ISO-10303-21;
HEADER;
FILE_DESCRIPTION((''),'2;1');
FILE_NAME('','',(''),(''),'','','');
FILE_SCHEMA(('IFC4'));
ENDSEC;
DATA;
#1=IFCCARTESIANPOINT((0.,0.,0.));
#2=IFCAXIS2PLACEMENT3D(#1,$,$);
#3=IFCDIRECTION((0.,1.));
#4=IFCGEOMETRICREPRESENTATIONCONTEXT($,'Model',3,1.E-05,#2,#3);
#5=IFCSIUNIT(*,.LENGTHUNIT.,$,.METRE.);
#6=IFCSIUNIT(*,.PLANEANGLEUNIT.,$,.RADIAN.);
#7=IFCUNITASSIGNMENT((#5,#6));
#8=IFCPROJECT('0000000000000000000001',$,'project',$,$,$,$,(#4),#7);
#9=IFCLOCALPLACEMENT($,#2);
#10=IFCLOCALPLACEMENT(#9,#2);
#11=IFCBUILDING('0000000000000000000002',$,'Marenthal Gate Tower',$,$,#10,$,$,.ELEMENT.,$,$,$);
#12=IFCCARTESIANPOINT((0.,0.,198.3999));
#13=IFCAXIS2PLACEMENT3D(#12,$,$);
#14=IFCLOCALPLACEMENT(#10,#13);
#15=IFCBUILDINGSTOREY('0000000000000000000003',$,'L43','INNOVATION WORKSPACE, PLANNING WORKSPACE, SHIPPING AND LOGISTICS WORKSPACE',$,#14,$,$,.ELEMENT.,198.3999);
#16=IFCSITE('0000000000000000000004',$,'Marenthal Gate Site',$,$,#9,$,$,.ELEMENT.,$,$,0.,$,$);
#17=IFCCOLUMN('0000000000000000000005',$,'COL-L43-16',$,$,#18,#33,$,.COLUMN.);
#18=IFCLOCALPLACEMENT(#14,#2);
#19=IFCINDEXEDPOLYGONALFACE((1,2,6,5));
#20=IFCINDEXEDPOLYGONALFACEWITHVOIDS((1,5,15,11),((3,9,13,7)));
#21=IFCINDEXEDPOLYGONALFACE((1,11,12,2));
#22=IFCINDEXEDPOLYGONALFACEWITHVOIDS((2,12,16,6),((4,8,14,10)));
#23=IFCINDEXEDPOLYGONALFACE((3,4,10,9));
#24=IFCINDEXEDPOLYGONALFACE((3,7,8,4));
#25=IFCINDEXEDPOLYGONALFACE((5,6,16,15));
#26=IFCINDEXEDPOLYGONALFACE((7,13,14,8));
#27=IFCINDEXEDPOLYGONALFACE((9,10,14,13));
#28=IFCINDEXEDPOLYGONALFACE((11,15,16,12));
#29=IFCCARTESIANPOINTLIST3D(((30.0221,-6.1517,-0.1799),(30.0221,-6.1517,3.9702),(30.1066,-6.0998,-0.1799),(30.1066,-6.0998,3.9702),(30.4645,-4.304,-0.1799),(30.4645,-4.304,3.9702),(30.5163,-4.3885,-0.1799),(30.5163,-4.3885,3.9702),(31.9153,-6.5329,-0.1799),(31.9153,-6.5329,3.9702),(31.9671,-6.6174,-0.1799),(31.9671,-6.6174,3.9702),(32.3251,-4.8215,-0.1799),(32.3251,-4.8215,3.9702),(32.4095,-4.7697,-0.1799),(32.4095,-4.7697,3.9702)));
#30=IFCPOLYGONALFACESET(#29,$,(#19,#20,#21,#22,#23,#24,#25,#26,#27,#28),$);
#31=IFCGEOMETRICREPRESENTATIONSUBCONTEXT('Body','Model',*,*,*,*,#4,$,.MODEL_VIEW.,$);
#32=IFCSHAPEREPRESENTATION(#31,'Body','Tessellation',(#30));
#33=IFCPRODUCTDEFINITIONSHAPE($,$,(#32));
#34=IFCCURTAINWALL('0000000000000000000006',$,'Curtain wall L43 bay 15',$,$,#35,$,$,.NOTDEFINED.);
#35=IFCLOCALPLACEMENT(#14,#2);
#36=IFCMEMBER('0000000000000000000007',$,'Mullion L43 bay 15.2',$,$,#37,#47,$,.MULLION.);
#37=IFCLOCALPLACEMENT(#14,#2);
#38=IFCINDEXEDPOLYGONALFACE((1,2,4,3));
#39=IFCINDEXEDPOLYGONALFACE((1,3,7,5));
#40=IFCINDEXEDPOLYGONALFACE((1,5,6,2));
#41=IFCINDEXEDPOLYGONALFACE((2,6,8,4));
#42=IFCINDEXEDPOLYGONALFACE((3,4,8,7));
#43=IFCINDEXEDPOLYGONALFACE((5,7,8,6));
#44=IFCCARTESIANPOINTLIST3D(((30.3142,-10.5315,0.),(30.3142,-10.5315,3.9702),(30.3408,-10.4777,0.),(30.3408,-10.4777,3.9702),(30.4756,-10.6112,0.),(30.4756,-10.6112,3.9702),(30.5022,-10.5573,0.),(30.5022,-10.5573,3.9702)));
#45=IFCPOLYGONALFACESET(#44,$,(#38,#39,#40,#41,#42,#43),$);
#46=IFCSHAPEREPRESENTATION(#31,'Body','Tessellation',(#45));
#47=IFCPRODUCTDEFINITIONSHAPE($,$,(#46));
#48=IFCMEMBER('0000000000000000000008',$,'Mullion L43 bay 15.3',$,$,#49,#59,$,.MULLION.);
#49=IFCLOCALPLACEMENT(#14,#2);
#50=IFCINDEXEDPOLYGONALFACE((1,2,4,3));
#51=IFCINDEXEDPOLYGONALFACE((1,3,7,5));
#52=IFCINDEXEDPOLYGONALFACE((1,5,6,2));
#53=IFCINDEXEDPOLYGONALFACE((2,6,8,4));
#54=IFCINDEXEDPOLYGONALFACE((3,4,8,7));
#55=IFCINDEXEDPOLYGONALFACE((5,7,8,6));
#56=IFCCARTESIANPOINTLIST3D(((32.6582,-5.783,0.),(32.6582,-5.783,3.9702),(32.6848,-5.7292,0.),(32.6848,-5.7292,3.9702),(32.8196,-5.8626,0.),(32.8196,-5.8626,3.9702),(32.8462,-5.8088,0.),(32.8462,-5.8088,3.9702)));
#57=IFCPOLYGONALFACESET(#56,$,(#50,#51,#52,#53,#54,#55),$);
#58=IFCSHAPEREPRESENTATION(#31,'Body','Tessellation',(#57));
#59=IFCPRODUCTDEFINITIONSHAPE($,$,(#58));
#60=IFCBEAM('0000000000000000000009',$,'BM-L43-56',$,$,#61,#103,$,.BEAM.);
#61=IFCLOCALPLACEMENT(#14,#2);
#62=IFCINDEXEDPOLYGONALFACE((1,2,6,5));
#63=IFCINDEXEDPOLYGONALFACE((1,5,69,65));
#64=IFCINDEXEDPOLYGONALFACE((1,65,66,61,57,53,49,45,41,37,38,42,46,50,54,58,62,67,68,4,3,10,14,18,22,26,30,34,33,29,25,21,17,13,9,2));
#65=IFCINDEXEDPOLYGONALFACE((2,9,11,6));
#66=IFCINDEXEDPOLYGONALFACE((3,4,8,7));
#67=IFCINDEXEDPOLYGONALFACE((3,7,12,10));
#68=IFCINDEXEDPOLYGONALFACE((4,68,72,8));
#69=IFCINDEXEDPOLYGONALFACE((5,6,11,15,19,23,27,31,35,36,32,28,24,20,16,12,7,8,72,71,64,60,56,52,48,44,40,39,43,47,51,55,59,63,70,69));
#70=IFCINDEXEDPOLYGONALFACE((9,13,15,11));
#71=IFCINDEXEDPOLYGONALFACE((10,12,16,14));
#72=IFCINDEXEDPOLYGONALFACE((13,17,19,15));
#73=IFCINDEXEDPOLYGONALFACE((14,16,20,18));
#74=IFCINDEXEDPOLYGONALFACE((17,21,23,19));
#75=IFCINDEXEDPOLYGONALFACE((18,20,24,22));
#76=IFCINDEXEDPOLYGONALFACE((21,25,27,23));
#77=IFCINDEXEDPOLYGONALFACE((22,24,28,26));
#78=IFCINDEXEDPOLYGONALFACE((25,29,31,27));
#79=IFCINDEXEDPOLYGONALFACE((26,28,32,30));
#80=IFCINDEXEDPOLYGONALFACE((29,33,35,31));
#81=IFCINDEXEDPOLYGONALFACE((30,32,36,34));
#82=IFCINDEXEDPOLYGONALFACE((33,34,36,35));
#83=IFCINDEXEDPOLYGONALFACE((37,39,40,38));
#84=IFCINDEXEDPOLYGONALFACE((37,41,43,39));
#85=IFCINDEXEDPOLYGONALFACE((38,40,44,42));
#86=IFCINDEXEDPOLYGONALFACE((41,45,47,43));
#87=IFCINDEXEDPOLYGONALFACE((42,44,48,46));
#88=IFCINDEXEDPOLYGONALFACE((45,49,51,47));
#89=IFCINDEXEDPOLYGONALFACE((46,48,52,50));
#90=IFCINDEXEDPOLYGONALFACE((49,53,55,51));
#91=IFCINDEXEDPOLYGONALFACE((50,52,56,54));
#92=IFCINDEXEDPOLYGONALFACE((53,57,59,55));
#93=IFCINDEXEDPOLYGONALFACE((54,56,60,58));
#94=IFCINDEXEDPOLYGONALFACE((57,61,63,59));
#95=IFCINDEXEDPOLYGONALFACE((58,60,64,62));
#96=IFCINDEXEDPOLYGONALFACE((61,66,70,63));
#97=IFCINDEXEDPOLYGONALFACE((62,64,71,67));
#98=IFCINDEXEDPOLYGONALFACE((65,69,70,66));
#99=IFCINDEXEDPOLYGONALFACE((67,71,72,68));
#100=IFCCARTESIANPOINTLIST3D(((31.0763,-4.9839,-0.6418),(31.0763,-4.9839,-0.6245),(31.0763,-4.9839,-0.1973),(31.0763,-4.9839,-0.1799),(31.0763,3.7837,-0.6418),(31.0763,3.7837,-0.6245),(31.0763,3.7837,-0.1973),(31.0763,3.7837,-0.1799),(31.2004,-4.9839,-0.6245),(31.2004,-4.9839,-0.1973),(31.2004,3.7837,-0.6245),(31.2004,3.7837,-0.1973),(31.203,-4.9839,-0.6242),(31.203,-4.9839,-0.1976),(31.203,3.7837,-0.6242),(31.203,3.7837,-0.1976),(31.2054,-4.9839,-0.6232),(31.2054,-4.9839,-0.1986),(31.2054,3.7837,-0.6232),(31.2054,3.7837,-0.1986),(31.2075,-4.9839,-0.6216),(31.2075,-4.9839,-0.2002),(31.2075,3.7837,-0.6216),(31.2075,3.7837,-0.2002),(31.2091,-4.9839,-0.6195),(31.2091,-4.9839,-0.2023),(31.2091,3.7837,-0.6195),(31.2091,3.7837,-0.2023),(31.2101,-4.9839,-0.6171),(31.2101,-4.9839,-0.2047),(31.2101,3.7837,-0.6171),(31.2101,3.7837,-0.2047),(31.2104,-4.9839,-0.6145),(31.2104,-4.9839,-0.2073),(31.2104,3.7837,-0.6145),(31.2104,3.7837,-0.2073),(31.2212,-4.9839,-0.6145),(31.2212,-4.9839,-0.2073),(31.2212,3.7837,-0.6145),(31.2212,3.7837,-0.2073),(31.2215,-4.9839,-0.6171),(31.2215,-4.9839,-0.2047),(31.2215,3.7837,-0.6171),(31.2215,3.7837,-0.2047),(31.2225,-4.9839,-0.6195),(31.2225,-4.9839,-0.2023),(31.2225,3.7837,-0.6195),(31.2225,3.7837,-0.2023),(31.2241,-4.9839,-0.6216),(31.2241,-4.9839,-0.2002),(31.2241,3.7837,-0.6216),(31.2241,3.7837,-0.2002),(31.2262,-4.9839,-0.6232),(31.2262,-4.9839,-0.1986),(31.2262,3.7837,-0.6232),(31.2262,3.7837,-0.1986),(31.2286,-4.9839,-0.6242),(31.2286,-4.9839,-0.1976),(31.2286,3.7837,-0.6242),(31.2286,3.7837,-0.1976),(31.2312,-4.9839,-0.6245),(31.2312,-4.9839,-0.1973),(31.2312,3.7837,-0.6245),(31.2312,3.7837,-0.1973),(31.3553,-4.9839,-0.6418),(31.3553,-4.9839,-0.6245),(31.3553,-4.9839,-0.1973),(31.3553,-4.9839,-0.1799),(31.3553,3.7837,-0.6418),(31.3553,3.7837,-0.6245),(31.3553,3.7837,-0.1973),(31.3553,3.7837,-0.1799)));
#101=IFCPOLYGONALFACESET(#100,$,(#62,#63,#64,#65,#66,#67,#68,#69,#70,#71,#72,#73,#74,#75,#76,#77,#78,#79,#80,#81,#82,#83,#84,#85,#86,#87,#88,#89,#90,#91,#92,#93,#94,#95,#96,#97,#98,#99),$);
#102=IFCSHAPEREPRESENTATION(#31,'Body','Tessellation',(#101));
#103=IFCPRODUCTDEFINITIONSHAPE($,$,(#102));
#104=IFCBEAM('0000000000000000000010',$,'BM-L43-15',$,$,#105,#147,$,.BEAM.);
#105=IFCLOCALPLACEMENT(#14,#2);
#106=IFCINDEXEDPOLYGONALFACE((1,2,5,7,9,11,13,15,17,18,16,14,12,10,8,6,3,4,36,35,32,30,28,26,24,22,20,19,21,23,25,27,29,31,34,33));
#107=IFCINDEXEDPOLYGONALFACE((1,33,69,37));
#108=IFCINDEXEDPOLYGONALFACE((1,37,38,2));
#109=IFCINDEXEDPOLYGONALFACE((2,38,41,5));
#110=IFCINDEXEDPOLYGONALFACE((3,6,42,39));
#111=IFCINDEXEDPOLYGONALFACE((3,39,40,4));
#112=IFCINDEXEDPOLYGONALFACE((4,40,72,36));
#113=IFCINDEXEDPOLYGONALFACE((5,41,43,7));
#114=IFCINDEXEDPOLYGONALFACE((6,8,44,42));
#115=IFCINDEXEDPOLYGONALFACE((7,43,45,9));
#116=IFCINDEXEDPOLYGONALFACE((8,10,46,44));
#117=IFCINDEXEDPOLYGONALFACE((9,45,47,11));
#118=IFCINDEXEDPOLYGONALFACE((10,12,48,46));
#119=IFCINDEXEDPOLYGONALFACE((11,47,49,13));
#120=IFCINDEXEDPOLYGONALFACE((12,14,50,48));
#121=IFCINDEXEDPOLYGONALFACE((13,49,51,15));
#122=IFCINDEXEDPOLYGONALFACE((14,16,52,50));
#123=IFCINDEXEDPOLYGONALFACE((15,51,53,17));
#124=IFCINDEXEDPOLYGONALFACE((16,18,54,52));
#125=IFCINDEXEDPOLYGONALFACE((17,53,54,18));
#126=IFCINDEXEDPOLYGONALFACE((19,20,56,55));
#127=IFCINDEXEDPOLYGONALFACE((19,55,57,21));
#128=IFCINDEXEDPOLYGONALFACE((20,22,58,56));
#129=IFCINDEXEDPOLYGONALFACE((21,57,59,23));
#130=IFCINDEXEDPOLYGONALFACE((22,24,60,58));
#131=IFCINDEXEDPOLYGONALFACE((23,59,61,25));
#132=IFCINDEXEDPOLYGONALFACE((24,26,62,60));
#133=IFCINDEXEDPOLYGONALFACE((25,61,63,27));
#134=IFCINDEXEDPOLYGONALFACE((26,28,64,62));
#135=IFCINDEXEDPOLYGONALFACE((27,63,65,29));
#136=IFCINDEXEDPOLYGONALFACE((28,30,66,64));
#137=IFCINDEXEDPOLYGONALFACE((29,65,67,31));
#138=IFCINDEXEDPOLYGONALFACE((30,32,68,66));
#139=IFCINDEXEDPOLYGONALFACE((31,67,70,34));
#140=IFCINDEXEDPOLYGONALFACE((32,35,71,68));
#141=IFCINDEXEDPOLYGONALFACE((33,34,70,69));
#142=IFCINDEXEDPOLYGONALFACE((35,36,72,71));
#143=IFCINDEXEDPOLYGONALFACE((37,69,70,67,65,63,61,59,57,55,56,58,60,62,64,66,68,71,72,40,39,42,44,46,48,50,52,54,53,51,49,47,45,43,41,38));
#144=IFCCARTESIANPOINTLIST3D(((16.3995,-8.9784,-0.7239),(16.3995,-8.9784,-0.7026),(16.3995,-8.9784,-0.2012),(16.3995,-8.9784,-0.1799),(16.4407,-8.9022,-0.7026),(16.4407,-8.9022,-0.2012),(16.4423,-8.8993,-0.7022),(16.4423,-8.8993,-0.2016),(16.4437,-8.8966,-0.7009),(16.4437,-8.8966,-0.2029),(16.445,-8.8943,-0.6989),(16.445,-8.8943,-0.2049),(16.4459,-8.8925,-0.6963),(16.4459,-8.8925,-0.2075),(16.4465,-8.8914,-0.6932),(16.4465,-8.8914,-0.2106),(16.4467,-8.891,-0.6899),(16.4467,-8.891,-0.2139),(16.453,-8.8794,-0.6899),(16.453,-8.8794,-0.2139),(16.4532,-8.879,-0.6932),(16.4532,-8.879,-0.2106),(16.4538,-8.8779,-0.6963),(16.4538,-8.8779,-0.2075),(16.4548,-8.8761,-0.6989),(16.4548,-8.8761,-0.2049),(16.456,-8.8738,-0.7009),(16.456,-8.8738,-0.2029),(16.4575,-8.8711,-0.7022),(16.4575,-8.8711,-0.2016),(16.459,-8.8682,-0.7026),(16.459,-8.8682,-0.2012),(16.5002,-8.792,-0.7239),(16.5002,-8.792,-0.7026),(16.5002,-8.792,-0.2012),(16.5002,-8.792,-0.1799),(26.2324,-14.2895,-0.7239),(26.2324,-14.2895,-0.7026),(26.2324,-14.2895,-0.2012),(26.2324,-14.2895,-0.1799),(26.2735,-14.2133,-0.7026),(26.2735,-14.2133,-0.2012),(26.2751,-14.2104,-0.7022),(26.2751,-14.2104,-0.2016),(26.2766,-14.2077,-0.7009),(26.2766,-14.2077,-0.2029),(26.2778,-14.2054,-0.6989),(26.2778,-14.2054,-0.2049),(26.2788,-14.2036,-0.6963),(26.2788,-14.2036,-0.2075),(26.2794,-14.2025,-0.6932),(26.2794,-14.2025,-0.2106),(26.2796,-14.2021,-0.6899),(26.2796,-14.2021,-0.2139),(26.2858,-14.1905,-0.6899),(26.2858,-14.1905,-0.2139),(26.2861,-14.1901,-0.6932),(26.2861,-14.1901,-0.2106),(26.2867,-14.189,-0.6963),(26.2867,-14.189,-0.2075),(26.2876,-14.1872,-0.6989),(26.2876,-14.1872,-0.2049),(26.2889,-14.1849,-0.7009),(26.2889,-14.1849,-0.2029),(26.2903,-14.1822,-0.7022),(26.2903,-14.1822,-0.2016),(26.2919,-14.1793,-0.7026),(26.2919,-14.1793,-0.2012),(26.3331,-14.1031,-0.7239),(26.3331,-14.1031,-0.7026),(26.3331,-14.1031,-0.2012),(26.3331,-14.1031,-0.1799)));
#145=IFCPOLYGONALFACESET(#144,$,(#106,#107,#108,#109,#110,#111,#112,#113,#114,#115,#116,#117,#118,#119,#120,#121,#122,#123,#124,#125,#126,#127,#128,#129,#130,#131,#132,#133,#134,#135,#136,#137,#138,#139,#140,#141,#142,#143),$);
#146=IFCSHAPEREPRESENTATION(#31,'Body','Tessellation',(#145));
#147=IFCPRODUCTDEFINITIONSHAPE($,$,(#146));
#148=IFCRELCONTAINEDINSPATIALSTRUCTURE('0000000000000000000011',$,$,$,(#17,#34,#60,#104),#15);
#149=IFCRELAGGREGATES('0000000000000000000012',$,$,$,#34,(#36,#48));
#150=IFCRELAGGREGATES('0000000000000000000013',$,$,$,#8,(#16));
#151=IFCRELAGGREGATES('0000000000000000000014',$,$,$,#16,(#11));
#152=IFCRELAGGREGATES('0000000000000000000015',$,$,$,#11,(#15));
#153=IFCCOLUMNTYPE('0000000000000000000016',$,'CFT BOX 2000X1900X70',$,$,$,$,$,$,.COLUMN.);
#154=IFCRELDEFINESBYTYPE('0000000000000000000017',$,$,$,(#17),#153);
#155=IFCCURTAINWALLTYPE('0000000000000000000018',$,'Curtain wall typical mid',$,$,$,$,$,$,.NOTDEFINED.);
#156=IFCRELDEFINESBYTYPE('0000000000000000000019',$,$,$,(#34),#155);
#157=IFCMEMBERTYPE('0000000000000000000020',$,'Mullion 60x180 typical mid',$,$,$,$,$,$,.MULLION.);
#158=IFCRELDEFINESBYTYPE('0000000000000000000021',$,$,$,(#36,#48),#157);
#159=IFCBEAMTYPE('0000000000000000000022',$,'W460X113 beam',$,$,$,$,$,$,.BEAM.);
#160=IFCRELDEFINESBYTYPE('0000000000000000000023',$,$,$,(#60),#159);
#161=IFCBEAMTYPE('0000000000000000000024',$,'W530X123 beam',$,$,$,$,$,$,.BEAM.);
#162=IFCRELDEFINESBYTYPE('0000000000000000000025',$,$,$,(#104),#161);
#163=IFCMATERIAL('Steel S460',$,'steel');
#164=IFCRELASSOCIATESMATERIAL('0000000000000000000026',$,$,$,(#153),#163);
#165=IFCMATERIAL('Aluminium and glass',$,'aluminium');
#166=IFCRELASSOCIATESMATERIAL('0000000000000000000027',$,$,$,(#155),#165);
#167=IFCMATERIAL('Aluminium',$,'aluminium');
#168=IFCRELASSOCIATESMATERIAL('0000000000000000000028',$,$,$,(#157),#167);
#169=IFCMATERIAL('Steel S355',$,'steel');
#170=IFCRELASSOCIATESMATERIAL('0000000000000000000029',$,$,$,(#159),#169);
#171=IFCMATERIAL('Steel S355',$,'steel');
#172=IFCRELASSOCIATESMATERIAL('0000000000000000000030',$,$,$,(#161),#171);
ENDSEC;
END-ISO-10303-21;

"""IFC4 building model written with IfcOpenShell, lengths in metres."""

from ifc_helpers import new_model, si_unit, direction, frame, origin, origin_2d, place, context, subcontext, project, spatial, rectangle, hollow_rectangle, i_section, extrude, material, material_profile, profile_set, type_object, element, aggregate, save


model = new_model("IFC4")

# Units and contexts
model_context = context("Model", 3, precision=1e-05, world=origin(), true_north=direction((0.0, 1.0)))
body_context = subcontext(model_context, "Body", "Model", "MODEL_VIEW")
ifc_project = project(units=[si_unit("LENGTHUNIT", "METRE"), si_unit("PLANEANGLEUNIT", "RADIAN")], contexts=[model_context])

# Site, building, storey
site_placement = place(None, origin())
site = spatial("IfcSite", under=ifc_project, at=site_placement, Name="Marenthal Gate Site", CompositionType="ELEMENT", RefElevation=0.0)
building_placement = place(site_placement, origin())
building = spatial("IfcBuilding", under=site, at=building_placement, Name="Marenthal Gate Tower", CompositionType="ELEMENT")
storey_placement = place(building_placement, frame((0.0, 0.0, 198.3999)))
storey = spatial("IfcBuildingStorey", under=building, at=storey_placement, Name="L43", Description="INNOVATION WORKSPACE, PLANNING WORKSPACE, SHIPPING AND LOGISTICS WORKSPACE", CompositionType="ELEMENT", Elevation=198.3999)

# Column
ifc_material_1 = material(Name="Steel S460", Category="steel")
ifc_material_profile_1 = material_profile(ifc_material_1, hollow_rectangle(XDim=1.8999, YDim=2.0, WallThickness=0.0701, at=origin_2d()), Name="CFT BOX 2000X1900X70")
ifc_material_2 = material(Name="Concrete 70 MPa", Category="concrete")
ifc_material_profile_2 = material_profile(ifc_material_2, rectangle(XDim=1.76, YDim=1.8601, at=origin_2d()), Name="CFT BOX 2000X1900X70 INFILL")
ifc_profile_set_1 = profile_set([ifc_material_profile_1, ifc_material_profile_2], Name="Steel S460 shell, Concrete 70 MPa infill")
column_type = type_object("IfcColumnType", Name="CFT BOX 2000X1900X70", PredefinedType="COLUMN", material=ifc_profile_set_1)
column_placement = place(storey_placement, frame((31.2158, -5.4607, -0.1799), z_axis=(0.0, 0.0, 1.0), x_axis=(-0.232863, -0.972509, 0.0)))
element("IfcColumn", 1, at=column_placement, inside=storey, type_object=column_type, Name="COL-L43-16", PredefinedType="COLUMN", context=body_context, shape_type="SweptSolid", body=[
    extrude(hollow_rectangle(XDim=1.8999, YDim=2.0, WallThickness=0.0701, at=origin_2d()), origin(), (0.0, 0.0, 1.0), 4.1501),
])

# Curtain wall, members
ifc_material_3 = material(Name="Aluminium and glass", Category="aluminium")
curtain_wall_type = type_object("IfcCurtainWallType", Name="Curtain wall typical mid", PredefinedType="NOTDEFINED", material=ifc_material_3)
curtain_wall_placement = place(storey_placement, origin())
curtain_wall = element("IfcCurtainWall", 2, at=curtain_wall_placement, inside=storey, type_object=curtain_wall_type, Name="Curtain wall L43 bay 15", PredefinedType="NOTDEFINED")
ifc_material_4 = material(Name="Aluminium", Category="aluminium")
ifc_material_profile_3 = material_profile(ifc_material_4, rectangle(XDim=0.1799, YDim=0.0601, at=origin_2d()), Name="60x180 aluminium mullion")
ifc_profile_set_2 = profile_set([ifc_material_profile_3], Name="Aluminium")
member_type = type_object("IfcMemberType", Name="Mullion 60x180 typical mid", PredefinedType="MULLION", material=ifc_profile_set_2)
member_1_placement = place(storey_placement, frame((30.4082, -10.5444, 0.0), z_axis=(0.0, 0.0, 1.0), x_axis=(-0.896716, 0.442607, 0.0)))
member_1 = element("IfcMember", 3, at=member_1_placement, type_object=member_type, Name="Mullion L43 bay 15.2", PredefinedType="MULLION", context=body_context, shape_type="SweptSolid", body=[
    extrude(rectangle(XDim=0.1799, YDim=0.0601, at=origin_2d()), origin(), (0.0, 0.0, 1.0), 3.9702),
])
member_2_placement = place(storey_placement, frame((32.7522, -5.7959, 0.0), z_axis=(0.0, 0.0, 1.0), x_axis=(-0.896716, 0.442607, 0.0)))
member_2 = element("IfcMember", 4, at=member_2_placement, type_object=member_type, Name="Mullion L43 bay 15.3", PredefinedType="MULLION", context=body_context, shape_type="SweptSolid", body=[
    extrude(rectangle(XDim=0.1799, YDim=0.0601, at=origin_2d()), origin(), (0.0, 0.0, 1.0), 3.9702),
])

# Beams
ifc_material_5 = material(Name="Steel S355", Category="steel")
ifc_material_profile_4 = material_profile(ifc_material_5, i_section(OverallWidth=0.2791, OverallDepth=0.4619, WebThickness=0.0107, FlangeThickness=0.0173, FilletRadius=0.01, at=origin_2d()), Name="W460X113")
ifc_profile_set_3 = profile_set([ifc_material_profile_4], Name="Steel S355")
beam_type_1 = type_object("IfcBeamType", Name="W460X113 beam", PredefinedType="BEAM", material=ifc_profile_set_3)
beam_1_placement = place(storey_placement, frame((31.2158, -4.9839, -0.4109), z_axis=(0.0, 1.0, 0.0), x_axis=(-1.0, 0.0, 0.0)))
element("IfcBeam", 5, at=beam_1_placement, inside=storey, type_object=beam_type_1, Name="BM-L43-56", PredefinedType="BEAM", context=body_context, shape_type="SweptSolid", body=[
    extrude(i_section(OverallWidth=0.2791, OverallDepth=0.4619, WebThickness=0.0107, FlangeThickness=0.0173, FilletRadius=0.01, at=origin_2d()), origin(), (0.0, 0.0, 1.0), 8.7676),
])
ifc_material_6 = material(Name="Steel S355", Category="steel")
ifc_material_profile_5 = material_profile(ifc_material_6, i_section(OverallWidth=0.2119, OverallDepth=0.5439, WebThickness=0.0132, FlangeThickness=0.0212, FilletRadius=0.0127, at=origin_2d()), Name="W530X123")
ifc_profile_set_4 = profile_set([ifc_material_profile_5], Name="Steel S355")
beam_type_2 = type_object("IfcBeamType", Name="W530X123 beam", PredefinedType="BEAM", material=ifc_profile_set_4)
beam_2_placement = place(storey_placement, frame((26.2827, -14.1963, -0.4519), z_axis=(-0.879855, 0.475242, 0.0), x_axis=(-0.475242, -0.879855, 0.0)))
element("IfcBeam", 6, at=beam_2_placement, inside=storey, type_object=beam_type_2, Name="BM-L43-15", PredefinedType="BEAM", context=body_context, shape_type="SweptSolid", body=[
    extrude(i_section(OverallWidth=0.2119, OverallDepth=0.5439, WebThickness=0.0132, FlangeThickness=0.0212, FilletRadius=0.0127, at=origin_2d()), origin(), (0.0, 0.0, 1.0), 11.1755),
])

aggregate(curtain_wall, [member_1, member_2])

save(model, "model.ifc")
